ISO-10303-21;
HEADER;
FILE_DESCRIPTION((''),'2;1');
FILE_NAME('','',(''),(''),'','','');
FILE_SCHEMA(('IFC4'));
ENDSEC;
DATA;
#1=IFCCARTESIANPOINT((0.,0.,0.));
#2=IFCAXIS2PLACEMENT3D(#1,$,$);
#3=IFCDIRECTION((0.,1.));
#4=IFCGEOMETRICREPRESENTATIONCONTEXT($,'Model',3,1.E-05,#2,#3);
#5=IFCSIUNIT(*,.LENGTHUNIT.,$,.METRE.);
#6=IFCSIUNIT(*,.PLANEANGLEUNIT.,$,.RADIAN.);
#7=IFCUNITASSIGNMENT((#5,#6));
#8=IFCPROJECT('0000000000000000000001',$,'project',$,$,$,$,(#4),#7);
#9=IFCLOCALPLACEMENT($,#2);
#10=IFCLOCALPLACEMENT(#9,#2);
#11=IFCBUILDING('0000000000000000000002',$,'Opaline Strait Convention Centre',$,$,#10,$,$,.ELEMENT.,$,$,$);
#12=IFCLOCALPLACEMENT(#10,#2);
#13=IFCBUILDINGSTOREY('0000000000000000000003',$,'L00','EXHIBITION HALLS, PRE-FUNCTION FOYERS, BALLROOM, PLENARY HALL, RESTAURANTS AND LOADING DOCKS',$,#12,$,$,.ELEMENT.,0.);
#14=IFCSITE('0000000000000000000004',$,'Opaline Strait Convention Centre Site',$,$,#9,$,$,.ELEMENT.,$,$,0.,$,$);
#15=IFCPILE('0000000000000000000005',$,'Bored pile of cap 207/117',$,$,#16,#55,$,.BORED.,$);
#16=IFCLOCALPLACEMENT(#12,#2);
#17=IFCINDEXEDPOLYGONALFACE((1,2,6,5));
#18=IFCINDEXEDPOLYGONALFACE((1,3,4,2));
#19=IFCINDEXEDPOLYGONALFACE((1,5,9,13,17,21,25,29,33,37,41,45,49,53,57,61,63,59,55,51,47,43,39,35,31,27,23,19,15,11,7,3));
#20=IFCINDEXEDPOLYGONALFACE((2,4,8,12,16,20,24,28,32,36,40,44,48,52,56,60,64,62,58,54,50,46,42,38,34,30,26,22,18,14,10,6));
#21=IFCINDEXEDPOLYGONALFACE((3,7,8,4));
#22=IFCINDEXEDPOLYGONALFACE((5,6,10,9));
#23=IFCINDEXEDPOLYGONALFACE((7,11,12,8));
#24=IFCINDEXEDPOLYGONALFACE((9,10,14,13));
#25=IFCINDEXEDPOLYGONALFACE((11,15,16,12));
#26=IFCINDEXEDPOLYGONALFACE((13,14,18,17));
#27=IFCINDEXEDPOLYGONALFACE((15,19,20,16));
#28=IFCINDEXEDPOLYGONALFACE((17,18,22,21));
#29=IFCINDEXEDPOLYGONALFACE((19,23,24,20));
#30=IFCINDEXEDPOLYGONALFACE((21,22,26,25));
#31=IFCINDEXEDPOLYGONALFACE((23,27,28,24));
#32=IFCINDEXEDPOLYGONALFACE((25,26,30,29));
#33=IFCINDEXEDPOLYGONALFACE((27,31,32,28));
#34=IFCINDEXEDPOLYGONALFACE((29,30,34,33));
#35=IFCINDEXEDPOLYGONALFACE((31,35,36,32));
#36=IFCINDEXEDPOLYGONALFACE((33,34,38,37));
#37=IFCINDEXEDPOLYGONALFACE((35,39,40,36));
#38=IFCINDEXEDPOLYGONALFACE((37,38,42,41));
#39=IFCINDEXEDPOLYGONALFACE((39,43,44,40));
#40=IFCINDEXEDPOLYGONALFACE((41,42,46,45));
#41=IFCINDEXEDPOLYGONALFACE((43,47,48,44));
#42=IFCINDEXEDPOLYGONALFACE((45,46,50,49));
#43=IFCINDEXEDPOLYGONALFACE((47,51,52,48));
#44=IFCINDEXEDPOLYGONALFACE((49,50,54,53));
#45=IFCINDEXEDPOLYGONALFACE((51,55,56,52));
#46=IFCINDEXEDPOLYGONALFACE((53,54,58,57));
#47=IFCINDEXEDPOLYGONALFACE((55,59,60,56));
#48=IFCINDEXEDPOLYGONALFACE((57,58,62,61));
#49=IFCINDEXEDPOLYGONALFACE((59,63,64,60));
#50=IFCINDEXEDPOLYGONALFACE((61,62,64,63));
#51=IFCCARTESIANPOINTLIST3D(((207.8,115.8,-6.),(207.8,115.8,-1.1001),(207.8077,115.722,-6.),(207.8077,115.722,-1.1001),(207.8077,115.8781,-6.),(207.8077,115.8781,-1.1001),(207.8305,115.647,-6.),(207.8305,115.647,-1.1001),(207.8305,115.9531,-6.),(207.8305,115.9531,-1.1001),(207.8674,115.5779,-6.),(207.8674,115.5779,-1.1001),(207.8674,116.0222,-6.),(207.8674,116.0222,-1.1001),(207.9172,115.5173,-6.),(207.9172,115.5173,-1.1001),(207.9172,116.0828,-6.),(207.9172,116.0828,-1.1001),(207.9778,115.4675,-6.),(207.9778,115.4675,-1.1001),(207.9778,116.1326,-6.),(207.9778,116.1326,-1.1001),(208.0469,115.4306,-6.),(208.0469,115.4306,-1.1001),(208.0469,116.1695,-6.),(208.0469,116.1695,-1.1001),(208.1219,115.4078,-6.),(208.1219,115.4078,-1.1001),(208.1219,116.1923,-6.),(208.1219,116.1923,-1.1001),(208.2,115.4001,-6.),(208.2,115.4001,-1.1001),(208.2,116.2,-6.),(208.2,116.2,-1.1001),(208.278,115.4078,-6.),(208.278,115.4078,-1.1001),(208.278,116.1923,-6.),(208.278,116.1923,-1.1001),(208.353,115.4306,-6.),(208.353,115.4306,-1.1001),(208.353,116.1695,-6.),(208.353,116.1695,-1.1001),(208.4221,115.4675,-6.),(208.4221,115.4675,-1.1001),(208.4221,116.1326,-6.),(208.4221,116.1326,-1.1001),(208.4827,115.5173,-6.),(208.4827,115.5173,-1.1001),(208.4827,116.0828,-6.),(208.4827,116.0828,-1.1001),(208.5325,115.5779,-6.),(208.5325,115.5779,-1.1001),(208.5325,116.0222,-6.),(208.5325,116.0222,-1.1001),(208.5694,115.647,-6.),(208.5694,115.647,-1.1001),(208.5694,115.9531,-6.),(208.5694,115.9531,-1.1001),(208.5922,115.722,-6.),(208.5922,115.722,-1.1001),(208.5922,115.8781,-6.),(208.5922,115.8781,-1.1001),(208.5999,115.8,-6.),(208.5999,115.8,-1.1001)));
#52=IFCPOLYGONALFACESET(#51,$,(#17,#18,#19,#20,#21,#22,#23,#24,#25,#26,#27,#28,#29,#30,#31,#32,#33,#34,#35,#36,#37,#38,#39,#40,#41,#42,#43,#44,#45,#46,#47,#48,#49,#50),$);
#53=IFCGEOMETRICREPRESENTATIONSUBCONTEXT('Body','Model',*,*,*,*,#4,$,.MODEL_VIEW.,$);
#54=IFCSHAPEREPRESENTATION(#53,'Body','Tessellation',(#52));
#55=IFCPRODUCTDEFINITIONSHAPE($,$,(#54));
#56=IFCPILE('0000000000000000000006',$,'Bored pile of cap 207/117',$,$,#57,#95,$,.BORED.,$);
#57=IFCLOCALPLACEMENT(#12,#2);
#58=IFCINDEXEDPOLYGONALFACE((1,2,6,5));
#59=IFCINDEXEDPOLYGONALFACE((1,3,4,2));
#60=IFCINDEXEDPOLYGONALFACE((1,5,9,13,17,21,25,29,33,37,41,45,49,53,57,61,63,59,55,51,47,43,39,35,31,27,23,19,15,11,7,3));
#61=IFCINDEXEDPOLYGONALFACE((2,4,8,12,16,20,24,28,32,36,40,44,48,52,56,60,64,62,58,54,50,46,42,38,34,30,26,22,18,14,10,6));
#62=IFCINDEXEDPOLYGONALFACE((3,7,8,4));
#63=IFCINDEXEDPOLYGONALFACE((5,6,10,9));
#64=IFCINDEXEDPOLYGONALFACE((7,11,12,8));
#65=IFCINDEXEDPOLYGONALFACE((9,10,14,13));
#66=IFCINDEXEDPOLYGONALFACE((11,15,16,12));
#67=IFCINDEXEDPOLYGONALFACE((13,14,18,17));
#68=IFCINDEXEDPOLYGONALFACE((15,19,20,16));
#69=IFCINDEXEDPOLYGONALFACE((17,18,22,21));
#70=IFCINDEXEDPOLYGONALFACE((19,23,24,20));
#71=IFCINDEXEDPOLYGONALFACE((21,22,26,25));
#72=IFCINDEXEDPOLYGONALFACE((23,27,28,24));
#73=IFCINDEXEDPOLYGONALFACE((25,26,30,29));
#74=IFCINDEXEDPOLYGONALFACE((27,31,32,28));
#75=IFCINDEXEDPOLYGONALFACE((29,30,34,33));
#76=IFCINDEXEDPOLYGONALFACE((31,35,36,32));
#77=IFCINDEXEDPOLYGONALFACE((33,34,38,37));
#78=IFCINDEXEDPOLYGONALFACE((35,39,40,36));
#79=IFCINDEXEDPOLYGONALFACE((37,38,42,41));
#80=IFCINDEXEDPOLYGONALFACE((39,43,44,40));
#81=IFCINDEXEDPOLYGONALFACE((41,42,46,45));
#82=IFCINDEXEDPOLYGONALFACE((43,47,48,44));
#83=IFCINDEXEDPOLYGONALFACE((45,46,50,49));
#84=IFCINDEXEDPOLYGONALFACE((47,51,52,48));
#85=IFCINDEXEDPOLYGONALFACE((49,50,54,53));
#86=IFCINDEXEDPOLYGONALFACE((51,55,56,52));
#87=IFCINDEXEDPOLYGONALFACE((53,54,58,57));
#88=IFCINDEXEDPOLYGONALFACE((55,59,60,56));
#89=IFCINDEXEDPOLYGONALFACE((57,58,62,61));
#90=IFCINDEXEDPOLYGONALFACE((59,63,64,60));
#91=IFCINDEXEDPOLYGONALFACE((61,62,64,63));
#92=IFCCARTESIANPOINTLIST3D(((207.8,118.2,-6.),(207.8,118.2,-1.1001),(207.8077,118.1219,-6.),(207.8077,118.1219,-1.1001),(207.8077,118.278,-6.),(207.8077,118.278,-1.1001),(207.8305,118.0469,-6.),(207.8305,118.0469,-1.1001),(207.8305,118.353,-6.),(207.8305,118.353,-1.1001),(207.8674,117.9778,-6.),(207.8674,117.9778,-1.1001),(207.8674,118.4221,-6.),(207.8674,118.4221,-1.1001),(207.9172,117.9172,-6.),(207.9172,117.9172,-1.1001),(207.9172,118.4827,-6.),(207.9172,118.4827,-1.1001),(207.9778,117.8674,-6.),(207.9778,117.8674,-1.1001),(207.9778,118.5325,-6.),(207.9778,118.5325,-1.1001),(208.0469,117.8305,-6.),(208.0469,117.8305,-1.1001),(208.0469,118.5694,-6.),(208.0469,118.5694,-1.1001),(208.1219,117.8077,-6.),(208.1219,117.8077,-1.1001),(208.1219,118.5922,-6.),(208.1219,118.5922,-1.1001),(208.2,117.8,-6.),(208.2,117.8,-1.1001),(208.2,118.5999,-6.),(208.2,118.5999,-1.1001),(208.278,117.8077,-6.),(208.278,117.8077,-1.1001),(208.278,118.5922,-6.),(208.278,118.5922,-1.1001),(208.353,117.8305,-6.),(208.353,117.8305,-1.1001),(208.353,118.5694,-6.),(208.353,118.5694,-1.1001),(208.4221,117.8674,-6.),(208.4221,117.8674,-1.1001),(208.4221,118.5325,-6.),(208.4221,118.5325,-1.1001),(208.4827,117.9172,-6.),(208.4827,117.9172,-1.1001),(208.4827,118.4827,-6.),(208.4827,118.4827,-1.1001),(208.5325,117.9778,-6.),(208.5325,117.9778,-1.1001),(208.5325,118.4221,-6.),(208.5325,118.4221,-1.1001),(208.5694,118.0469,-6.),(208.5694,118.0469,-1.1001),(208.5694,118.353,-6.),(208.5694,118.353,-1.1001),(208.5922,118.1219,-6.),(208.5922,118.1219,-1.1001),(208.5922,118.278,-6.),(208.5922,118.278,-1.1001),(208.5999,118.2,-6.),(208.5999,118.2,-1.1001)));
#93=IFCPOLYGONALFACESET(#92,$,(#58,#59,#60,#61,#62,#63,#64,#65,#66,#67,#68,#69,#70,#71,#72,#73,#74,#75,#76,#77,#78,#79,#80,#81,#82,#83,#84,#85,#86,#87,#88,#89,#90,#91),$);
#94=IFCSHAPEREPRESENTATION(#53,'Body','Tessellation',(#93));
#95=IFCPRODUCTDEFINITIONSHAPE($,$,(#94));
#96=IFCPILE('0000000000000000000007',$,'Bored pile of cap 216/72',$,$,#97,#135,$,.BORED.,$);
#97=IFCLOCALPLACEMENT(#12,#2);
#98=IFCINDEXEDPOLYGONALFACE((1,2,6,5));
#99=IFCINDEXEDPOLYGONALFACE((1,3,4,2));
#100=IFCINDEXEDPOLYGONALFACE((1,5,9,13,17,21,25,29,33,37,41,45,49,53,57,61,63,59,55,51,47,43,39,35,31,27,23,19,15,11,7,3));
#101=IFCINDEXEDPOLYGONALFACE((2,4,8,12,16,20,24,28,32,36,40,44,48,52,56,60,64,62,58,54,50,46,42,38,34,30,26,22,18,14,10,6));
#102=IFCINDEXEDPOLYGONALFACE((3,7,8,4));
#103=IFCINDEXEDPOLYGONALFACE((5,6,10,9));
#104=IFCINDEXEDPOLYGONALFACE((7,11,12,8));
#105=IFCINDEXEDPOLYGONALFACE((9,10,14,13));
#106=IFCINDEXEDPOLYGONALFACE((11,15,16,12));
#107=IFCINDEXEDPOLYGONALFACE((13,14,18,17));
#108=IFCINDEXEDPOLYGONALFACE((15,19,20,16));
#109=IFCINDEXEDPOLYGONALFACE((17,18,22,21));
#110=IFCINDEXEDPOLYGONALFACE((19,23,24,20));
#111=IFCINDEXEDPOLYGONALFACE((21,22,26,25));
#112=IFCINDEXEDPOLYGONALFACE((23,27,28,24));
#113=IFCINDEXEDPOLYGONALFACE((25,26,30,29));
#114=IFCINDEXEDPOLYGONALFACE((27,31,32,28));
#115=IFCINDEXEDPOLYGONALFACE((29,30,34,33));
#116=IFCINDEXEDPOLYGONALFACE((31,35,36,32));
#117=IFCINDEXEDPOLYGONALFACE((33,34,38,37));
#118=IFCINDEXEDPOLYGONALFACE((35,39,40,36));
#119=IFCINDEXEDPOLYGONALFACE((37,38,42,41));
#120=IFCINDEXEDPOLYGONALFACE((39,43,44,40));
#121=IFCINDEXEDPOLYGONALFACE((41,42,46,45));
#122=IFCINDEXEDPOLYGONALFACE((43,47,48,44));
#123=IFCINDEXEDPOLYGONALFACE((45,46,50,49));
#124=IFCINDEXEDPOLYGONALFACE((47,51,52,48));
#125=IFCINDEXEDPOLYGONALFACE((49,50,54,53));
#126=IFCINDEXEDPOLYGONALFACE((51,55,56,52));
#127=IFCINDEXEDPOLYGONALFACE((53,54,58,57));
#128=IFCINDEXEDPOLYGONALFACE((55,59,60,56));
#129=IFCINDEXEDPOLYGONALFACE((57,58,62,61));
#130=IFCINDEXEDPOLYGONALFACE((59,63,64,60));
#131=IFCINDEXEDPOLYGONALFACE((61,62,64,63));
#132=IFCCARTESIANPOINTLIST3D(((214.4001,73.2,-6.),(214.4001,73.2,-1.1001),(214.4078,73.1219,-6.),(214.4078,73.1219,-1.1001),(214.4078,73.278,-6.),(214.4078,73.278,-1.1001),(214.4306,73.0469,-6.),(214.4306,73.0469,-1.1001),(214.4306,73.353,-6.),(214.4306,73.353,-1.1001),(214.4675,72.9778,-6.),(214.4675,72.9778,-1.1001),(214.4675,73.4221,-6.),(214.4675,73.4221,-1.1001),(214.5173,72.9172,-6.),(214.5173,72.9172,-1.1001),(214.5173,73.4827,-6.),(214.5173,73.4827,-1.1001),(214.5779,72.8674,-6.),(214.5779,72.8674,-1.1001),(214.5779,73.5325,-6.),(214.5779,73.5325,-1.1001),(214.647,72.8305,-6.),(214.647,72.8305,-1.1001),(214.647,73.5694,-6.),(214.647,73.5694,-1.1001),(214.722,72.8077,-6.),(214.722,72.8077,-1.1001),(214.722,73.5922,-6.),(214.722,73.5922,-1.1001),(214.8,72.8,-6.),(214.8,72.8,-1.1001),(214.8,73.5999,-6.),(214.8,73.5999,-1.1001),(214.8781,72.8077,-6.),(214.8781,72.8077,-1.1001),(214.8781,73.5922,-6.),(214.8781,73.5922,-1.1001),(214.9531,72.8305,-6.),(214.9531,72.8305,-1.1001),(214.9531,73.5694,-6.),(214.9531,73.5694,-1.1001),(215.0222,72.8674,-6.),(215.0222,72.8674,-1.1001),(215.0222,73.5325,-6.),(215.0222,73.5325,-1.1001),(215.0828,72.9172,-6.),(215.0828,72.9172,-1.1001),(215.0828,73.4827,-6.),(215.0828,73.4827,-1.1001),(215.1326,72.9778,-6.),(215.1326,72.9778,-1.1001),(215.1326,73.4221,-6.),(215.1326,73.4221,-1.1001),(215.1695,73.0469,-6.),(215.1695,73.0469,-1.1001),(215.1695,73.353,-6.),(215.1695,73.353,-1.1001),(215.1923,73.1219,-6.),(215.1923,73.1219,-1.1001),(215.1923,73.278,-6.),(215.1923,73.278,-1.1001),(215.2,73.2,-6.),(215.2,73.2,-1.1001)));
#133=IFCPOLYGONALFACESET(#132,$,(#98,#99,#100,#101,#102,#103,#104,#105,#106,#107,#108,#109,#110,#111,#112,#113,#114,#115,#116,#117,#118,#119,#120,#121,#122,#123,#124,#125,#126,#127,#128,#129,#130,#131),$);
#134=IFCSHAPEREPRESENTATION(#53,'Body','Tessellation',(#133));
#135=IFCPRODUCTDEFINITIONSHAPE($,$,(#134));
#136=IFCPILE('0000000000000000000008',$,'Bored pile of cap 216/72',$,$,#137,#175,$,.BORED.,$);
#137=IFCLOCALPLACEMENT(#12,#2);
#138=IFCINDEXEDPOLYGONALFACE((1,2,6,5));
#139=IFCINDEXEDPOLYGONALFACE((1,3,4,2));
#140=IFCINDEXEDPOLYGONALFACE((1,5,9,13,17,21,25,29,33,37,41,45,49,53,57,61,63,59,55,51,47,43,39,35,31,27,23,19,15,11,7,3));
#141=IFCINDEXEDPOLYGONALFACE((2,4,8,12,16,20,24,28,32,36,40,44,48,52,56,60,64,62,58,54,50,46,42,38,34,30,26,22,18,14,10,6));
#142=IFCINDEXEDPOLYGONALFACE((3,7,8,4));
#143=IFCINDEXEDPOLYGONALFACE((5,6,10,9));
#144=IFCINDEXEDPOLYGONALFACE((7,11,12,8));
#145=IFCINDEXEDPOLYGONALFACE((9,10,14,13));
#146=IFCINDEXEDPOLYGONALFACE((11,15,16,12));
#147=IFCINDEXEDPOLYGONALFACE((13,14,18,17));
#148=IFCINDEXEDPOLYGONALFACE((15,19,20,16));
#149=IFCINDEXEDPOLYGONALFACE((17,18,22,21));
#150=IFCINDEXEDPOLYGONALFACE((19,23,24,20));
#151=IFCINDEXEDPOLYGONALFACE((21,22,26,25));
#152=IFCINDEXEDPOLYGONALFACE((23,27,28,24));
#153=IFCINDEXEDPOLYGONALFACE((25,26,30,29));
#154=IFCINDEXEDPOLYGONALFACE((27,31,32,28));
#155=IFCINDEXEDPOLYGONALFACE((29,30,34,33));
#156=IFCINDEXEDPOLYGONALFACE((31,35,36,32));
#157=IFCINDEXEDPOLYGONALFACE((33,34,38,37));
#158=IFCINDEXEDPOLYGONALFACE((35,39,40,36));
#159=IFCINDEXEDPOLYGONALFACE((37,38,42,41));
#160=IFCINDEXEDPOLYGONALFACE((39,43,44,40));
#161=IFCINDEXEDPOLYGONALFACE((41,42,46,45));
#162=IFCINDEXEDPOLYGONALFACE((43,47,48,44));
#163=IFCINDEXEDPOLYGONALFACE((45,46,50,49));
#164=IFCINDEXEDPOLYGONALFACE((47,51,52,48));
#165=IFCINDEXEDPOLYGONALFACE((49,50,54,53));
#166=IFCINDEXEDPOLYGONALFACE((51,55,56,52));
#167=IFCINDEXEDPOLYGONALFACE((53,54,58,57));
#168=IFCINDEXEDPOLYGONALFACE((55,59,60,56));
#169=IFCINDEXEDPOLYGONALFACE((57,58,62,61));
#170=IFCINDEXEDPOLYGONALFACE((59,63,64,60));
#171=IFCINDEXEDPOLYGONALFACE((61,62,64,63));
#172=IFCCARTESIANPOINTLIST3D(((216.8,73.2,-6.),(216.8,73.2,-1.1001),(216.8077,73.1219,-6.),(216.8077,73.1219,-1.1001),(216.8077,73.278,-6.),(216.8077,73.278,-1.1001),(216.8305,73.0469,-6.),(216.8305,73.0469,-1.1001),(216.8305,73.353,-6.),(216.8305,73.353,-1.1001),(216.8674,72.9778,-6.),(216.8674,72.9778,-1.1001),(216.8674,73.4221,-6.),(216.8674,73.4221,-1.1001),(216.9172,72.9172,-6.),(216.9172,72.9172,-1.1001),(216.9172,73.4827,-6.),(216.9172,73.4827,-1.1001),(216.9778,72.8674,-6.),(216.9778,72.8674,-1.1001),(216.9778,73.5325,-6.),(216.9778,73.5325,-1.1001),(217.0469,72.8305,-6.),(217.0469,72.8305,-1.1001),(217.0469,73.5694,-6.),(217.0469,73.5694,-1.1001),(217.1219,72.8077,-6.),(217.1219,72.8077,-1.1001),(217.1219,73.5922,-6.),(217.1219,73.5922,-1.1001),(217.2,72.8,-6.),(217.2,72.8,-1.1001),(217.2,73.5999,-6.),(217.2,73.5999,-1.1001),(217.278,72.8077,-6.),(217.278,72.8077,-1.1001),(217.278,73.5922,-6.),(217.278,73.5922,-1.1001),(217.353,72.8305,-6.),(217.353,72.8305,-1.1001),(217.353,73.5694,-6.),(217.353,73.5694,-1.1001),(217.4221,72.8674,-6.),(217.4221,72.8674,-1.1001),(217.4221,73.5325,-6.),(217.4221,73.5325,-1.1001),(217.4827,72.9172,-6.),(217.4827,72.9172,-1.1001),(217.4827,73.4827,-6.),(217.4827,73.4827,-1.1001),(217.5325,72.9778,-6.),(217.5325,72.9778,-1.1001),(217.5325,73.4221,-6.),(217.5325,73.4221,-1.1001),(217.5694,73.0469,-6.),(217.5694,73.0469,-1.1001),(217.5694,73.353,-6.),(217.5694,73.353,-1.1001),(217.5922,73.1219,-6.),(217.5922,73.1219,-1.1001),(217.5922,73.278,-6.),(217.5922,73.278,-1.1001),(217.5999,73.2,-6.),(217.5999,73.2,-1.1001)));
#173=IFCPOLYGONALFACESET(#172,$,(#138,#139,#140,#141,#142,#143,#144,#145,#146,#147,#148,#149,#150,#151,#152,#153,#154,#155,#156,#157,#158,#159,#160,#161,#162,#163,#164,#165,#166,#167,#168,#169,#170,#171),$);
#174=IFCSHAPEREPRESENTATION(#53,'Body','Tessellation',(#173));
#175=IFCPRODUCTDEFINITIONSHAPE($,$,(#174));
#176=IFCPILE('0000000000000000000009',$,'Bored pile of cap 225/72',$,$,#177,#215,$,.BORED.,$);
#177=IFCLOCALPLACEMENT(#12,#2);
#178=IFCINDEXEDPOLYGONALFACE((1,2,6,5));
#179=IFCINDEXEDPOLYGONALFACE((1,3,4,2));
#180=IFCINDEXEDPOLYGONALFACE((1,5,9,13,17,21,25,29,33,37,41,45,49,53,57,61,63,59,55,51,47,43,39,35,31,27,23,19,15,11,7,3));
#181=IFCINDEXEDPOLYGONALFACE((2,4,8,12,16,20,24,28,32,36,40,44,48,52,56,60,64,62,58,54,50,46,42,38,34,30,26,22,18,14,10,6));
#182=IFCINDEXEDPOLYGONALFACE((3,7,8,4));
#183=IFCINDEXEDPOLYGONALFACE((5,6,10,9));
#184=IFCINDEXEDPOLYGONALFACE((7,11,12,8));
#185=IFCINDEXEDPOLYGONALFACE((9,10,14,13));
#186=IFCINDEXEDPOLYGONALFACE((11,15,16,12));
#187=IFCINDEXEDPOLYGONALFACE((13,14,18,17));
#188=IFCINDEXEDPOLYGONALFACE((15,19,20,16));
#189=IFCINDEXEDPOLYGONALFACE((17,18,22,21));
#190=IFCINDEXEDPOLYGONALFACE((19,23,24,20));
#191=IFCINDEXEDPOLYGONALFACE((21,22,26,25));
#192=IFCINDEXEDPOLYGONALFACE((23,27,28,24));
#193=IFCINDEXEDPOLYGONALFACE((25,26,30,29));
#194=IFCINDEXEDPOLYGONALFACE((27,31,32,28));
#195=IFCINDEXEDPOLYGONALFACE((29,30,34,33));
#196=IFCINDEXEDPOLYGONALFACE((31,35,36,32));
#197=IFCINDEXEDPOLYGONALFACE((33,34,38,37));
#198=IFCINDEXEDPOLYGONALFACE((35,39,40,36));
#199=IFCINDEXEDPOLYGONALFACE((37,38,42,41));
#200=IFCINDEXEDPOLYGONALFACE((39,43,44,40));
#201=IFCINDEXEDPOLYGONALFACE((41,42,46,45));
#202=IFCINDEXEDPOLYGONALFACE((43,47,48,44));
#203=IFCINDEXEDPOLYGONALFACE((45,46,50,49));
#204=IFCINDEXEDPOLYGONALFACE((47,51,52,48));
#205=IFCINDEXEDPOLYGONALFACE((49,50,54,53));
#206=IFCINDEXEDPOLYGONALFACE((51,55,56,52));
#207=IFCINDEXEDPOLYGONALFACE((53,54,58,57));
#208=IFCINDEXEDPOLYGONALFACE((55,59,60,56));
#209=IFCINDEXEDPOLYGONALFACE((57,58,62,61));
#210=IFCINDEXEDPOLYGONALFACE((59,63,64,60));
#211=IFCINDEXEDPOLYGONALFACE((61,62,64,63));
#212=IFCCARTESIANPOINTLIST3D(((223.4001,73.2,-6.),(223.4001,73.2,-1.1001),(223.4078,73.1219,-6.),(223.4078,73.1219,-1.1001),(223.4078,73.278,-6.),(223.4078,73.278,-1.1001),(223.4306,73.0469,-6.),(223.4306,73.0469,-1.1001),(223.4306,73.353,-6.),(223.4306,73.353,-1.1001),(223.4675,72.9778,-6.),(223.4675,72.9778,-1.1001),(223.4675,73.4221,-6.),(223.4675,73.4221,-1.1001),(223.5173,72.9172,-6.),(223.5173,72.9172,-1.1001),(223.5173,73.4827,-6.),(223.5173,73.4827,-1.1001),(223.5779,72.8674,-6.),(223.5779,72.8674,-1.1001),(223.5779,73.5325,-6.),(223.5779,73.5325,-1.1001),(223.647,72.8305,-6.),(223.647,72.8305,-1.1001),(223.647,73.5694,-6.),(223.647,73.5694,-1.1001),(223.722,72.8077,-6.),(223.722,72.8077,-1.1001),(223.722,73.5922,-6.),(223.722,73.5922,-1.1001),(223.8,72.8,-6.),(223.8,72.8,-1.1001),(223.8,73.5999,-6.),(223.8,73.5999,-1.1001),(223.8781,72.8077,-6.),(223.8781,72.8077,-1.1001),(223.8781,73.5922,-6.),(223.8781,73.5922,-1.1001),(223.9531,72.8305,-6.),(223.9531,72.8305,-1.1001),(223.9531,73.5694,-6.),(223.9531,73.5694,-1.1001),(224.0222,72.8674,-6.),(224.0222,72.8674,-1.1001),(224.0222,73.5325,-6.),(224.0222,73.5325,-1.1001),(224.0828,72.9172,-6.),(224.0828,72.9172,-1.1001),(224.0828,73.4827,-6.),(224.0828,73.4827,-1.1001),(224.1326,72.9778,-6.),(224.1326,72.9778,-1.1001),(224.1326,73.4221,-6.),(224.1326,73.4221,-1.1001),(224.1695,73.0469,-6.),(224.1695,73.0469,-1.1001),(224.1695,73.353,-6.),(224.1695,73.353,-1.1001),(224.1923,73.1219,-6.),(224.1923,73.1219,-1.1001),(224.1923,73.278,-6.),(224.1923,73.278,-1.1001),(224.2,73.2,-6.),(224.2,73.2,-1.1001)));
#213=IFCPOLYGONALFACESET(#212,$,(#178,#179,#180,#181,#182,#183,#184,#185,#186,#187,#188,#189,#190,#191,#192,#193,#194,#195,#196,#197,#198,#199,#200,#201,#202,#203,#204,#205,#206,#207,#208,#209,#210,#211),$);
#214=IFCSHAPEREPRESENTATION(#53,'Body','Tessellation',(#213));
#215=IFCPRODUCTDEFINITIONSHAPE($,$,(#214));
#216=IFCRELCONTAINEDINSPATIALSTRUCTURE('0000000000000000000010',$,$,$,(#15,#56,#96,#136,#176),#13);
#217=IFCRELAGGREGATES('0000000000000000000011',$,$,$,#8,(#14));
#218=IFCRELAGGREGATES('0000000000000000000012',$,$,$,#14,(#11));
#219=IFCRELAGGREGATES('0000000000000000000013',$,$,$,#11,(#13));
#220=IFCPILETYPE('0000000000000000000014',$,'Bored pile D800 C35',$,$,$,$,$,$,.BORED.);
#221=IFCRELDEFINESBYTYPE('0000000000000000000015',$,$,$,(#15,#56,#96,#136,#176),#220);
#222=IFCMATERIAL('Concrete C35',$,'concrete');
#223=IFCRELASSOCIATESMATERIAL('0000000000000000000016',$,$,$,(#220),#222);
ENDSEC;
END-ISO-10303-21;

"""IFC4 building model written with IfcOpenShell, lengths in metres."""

from ifc_helpers import new_model, si_unit, direction, frame, origin, origin_2d, place, context, subcontext, project, spatial, circle, extrude, material, material_profile, profile_set, type_object, element, save


model = new_model("IFC4")

# Units and contexts
model_context = context("Model", 3, precision=1e-05, world=origin(), true_north=direction((0.0, 1.0)))
body_context = subcontext(model_context, "Body", "Model", "MODEL_VIEW")
ifc_project = project(units=[si_unit("LENGTHUNIT", "METRE"), si_unit("PLANEANGLEUNIT", "RADIAN")], contexts=[model_context])

# Site, building, storey
site_placement = place(None, origin())
site = spatial("IfcSite", under=ifc_project, at=site_placement, Name="Opaline Strait Convention Centre Site", CompositionType="ELEMENT", RefElevation=0.0)
building_placement = place(site_placement, origin())
building = spatial("IfcBuilding", under=site, at=building_placement, Name="Opaline Strait Convention Centre", CompositionType="ELEMENT")
storey_placement = place(building_placement, origin())
storey = spatial("IfcBuildingStorey", under=building, at=storey_placement, Name="L00", Description="EXHIBITION HALLS, PRE-FUNCTION FOYERS, BALLROOM, PLENARY HALL, RESTAURANTS AND LOADING DOCKS", CompositionType="ELEMENT", Elevation=0.0)

# Piles
ifc_material_1 = material(Name="Concrete C35", Category="concrete")
ifc_material_profile_1 = material_profile(ifc_material_1, circle(Radius=0.3999, at=origin_2d()), Name="D800")
ifc_profile_set_1 = profile_set([ifc_material_profile_1], Name="Concrete C35")
pile_type_1 = type_object("IfcPileType", Name="Bored pile D800 C35", PredefinedType="BORED", material=ifc_profile_set_1)
for number, where, z_axis, x_axis, name in (
    (1, (208.2, 115.8, -1.1001), (0.0, 0.0, -1.0), (1.0, 0.0, 0.0), "Bored pile of cap 207/117"),
    (2, (208.2, 118.2, -1.1001), (0.0, 0.0, -1.0), (1.0, 0.0, 0.0), "Bored pile of cap 207/117"),
    (3, (214.8, 73.2, -1.1001), (0.0, 0.0, -1.0), (1.0, 0.0, 0.0), "Bored pile of cap 216/72"),
    (4, (217.2, 73.2, -1.1001), (0.0, 0.0, -1.0), (1.0, 0.0, 0.0), "Bored pile of cap 216/72"),
    (5, (223.8, 73.2, -1.1001), (0.0, 0.0, -1.0), (1.0, 0.0, 0.0), "Bored pile of cap 225/72"),
):
    element("IfcPile", number, at=place(storey_placement, frame(where, z_axis=z_axis, x_axis=x_axis)), inside=storey, type_object=pile_type_1, Name=name, PredefinedType="BORED", context=body_context, shape_type="SweptSolid", body=[
        extrude(circle(Radius=0.3999, at=origin_2d()), origin(), (0.0, 0.0, 1.0), 4.8999),
    ])

save(model, "model.ifc")
